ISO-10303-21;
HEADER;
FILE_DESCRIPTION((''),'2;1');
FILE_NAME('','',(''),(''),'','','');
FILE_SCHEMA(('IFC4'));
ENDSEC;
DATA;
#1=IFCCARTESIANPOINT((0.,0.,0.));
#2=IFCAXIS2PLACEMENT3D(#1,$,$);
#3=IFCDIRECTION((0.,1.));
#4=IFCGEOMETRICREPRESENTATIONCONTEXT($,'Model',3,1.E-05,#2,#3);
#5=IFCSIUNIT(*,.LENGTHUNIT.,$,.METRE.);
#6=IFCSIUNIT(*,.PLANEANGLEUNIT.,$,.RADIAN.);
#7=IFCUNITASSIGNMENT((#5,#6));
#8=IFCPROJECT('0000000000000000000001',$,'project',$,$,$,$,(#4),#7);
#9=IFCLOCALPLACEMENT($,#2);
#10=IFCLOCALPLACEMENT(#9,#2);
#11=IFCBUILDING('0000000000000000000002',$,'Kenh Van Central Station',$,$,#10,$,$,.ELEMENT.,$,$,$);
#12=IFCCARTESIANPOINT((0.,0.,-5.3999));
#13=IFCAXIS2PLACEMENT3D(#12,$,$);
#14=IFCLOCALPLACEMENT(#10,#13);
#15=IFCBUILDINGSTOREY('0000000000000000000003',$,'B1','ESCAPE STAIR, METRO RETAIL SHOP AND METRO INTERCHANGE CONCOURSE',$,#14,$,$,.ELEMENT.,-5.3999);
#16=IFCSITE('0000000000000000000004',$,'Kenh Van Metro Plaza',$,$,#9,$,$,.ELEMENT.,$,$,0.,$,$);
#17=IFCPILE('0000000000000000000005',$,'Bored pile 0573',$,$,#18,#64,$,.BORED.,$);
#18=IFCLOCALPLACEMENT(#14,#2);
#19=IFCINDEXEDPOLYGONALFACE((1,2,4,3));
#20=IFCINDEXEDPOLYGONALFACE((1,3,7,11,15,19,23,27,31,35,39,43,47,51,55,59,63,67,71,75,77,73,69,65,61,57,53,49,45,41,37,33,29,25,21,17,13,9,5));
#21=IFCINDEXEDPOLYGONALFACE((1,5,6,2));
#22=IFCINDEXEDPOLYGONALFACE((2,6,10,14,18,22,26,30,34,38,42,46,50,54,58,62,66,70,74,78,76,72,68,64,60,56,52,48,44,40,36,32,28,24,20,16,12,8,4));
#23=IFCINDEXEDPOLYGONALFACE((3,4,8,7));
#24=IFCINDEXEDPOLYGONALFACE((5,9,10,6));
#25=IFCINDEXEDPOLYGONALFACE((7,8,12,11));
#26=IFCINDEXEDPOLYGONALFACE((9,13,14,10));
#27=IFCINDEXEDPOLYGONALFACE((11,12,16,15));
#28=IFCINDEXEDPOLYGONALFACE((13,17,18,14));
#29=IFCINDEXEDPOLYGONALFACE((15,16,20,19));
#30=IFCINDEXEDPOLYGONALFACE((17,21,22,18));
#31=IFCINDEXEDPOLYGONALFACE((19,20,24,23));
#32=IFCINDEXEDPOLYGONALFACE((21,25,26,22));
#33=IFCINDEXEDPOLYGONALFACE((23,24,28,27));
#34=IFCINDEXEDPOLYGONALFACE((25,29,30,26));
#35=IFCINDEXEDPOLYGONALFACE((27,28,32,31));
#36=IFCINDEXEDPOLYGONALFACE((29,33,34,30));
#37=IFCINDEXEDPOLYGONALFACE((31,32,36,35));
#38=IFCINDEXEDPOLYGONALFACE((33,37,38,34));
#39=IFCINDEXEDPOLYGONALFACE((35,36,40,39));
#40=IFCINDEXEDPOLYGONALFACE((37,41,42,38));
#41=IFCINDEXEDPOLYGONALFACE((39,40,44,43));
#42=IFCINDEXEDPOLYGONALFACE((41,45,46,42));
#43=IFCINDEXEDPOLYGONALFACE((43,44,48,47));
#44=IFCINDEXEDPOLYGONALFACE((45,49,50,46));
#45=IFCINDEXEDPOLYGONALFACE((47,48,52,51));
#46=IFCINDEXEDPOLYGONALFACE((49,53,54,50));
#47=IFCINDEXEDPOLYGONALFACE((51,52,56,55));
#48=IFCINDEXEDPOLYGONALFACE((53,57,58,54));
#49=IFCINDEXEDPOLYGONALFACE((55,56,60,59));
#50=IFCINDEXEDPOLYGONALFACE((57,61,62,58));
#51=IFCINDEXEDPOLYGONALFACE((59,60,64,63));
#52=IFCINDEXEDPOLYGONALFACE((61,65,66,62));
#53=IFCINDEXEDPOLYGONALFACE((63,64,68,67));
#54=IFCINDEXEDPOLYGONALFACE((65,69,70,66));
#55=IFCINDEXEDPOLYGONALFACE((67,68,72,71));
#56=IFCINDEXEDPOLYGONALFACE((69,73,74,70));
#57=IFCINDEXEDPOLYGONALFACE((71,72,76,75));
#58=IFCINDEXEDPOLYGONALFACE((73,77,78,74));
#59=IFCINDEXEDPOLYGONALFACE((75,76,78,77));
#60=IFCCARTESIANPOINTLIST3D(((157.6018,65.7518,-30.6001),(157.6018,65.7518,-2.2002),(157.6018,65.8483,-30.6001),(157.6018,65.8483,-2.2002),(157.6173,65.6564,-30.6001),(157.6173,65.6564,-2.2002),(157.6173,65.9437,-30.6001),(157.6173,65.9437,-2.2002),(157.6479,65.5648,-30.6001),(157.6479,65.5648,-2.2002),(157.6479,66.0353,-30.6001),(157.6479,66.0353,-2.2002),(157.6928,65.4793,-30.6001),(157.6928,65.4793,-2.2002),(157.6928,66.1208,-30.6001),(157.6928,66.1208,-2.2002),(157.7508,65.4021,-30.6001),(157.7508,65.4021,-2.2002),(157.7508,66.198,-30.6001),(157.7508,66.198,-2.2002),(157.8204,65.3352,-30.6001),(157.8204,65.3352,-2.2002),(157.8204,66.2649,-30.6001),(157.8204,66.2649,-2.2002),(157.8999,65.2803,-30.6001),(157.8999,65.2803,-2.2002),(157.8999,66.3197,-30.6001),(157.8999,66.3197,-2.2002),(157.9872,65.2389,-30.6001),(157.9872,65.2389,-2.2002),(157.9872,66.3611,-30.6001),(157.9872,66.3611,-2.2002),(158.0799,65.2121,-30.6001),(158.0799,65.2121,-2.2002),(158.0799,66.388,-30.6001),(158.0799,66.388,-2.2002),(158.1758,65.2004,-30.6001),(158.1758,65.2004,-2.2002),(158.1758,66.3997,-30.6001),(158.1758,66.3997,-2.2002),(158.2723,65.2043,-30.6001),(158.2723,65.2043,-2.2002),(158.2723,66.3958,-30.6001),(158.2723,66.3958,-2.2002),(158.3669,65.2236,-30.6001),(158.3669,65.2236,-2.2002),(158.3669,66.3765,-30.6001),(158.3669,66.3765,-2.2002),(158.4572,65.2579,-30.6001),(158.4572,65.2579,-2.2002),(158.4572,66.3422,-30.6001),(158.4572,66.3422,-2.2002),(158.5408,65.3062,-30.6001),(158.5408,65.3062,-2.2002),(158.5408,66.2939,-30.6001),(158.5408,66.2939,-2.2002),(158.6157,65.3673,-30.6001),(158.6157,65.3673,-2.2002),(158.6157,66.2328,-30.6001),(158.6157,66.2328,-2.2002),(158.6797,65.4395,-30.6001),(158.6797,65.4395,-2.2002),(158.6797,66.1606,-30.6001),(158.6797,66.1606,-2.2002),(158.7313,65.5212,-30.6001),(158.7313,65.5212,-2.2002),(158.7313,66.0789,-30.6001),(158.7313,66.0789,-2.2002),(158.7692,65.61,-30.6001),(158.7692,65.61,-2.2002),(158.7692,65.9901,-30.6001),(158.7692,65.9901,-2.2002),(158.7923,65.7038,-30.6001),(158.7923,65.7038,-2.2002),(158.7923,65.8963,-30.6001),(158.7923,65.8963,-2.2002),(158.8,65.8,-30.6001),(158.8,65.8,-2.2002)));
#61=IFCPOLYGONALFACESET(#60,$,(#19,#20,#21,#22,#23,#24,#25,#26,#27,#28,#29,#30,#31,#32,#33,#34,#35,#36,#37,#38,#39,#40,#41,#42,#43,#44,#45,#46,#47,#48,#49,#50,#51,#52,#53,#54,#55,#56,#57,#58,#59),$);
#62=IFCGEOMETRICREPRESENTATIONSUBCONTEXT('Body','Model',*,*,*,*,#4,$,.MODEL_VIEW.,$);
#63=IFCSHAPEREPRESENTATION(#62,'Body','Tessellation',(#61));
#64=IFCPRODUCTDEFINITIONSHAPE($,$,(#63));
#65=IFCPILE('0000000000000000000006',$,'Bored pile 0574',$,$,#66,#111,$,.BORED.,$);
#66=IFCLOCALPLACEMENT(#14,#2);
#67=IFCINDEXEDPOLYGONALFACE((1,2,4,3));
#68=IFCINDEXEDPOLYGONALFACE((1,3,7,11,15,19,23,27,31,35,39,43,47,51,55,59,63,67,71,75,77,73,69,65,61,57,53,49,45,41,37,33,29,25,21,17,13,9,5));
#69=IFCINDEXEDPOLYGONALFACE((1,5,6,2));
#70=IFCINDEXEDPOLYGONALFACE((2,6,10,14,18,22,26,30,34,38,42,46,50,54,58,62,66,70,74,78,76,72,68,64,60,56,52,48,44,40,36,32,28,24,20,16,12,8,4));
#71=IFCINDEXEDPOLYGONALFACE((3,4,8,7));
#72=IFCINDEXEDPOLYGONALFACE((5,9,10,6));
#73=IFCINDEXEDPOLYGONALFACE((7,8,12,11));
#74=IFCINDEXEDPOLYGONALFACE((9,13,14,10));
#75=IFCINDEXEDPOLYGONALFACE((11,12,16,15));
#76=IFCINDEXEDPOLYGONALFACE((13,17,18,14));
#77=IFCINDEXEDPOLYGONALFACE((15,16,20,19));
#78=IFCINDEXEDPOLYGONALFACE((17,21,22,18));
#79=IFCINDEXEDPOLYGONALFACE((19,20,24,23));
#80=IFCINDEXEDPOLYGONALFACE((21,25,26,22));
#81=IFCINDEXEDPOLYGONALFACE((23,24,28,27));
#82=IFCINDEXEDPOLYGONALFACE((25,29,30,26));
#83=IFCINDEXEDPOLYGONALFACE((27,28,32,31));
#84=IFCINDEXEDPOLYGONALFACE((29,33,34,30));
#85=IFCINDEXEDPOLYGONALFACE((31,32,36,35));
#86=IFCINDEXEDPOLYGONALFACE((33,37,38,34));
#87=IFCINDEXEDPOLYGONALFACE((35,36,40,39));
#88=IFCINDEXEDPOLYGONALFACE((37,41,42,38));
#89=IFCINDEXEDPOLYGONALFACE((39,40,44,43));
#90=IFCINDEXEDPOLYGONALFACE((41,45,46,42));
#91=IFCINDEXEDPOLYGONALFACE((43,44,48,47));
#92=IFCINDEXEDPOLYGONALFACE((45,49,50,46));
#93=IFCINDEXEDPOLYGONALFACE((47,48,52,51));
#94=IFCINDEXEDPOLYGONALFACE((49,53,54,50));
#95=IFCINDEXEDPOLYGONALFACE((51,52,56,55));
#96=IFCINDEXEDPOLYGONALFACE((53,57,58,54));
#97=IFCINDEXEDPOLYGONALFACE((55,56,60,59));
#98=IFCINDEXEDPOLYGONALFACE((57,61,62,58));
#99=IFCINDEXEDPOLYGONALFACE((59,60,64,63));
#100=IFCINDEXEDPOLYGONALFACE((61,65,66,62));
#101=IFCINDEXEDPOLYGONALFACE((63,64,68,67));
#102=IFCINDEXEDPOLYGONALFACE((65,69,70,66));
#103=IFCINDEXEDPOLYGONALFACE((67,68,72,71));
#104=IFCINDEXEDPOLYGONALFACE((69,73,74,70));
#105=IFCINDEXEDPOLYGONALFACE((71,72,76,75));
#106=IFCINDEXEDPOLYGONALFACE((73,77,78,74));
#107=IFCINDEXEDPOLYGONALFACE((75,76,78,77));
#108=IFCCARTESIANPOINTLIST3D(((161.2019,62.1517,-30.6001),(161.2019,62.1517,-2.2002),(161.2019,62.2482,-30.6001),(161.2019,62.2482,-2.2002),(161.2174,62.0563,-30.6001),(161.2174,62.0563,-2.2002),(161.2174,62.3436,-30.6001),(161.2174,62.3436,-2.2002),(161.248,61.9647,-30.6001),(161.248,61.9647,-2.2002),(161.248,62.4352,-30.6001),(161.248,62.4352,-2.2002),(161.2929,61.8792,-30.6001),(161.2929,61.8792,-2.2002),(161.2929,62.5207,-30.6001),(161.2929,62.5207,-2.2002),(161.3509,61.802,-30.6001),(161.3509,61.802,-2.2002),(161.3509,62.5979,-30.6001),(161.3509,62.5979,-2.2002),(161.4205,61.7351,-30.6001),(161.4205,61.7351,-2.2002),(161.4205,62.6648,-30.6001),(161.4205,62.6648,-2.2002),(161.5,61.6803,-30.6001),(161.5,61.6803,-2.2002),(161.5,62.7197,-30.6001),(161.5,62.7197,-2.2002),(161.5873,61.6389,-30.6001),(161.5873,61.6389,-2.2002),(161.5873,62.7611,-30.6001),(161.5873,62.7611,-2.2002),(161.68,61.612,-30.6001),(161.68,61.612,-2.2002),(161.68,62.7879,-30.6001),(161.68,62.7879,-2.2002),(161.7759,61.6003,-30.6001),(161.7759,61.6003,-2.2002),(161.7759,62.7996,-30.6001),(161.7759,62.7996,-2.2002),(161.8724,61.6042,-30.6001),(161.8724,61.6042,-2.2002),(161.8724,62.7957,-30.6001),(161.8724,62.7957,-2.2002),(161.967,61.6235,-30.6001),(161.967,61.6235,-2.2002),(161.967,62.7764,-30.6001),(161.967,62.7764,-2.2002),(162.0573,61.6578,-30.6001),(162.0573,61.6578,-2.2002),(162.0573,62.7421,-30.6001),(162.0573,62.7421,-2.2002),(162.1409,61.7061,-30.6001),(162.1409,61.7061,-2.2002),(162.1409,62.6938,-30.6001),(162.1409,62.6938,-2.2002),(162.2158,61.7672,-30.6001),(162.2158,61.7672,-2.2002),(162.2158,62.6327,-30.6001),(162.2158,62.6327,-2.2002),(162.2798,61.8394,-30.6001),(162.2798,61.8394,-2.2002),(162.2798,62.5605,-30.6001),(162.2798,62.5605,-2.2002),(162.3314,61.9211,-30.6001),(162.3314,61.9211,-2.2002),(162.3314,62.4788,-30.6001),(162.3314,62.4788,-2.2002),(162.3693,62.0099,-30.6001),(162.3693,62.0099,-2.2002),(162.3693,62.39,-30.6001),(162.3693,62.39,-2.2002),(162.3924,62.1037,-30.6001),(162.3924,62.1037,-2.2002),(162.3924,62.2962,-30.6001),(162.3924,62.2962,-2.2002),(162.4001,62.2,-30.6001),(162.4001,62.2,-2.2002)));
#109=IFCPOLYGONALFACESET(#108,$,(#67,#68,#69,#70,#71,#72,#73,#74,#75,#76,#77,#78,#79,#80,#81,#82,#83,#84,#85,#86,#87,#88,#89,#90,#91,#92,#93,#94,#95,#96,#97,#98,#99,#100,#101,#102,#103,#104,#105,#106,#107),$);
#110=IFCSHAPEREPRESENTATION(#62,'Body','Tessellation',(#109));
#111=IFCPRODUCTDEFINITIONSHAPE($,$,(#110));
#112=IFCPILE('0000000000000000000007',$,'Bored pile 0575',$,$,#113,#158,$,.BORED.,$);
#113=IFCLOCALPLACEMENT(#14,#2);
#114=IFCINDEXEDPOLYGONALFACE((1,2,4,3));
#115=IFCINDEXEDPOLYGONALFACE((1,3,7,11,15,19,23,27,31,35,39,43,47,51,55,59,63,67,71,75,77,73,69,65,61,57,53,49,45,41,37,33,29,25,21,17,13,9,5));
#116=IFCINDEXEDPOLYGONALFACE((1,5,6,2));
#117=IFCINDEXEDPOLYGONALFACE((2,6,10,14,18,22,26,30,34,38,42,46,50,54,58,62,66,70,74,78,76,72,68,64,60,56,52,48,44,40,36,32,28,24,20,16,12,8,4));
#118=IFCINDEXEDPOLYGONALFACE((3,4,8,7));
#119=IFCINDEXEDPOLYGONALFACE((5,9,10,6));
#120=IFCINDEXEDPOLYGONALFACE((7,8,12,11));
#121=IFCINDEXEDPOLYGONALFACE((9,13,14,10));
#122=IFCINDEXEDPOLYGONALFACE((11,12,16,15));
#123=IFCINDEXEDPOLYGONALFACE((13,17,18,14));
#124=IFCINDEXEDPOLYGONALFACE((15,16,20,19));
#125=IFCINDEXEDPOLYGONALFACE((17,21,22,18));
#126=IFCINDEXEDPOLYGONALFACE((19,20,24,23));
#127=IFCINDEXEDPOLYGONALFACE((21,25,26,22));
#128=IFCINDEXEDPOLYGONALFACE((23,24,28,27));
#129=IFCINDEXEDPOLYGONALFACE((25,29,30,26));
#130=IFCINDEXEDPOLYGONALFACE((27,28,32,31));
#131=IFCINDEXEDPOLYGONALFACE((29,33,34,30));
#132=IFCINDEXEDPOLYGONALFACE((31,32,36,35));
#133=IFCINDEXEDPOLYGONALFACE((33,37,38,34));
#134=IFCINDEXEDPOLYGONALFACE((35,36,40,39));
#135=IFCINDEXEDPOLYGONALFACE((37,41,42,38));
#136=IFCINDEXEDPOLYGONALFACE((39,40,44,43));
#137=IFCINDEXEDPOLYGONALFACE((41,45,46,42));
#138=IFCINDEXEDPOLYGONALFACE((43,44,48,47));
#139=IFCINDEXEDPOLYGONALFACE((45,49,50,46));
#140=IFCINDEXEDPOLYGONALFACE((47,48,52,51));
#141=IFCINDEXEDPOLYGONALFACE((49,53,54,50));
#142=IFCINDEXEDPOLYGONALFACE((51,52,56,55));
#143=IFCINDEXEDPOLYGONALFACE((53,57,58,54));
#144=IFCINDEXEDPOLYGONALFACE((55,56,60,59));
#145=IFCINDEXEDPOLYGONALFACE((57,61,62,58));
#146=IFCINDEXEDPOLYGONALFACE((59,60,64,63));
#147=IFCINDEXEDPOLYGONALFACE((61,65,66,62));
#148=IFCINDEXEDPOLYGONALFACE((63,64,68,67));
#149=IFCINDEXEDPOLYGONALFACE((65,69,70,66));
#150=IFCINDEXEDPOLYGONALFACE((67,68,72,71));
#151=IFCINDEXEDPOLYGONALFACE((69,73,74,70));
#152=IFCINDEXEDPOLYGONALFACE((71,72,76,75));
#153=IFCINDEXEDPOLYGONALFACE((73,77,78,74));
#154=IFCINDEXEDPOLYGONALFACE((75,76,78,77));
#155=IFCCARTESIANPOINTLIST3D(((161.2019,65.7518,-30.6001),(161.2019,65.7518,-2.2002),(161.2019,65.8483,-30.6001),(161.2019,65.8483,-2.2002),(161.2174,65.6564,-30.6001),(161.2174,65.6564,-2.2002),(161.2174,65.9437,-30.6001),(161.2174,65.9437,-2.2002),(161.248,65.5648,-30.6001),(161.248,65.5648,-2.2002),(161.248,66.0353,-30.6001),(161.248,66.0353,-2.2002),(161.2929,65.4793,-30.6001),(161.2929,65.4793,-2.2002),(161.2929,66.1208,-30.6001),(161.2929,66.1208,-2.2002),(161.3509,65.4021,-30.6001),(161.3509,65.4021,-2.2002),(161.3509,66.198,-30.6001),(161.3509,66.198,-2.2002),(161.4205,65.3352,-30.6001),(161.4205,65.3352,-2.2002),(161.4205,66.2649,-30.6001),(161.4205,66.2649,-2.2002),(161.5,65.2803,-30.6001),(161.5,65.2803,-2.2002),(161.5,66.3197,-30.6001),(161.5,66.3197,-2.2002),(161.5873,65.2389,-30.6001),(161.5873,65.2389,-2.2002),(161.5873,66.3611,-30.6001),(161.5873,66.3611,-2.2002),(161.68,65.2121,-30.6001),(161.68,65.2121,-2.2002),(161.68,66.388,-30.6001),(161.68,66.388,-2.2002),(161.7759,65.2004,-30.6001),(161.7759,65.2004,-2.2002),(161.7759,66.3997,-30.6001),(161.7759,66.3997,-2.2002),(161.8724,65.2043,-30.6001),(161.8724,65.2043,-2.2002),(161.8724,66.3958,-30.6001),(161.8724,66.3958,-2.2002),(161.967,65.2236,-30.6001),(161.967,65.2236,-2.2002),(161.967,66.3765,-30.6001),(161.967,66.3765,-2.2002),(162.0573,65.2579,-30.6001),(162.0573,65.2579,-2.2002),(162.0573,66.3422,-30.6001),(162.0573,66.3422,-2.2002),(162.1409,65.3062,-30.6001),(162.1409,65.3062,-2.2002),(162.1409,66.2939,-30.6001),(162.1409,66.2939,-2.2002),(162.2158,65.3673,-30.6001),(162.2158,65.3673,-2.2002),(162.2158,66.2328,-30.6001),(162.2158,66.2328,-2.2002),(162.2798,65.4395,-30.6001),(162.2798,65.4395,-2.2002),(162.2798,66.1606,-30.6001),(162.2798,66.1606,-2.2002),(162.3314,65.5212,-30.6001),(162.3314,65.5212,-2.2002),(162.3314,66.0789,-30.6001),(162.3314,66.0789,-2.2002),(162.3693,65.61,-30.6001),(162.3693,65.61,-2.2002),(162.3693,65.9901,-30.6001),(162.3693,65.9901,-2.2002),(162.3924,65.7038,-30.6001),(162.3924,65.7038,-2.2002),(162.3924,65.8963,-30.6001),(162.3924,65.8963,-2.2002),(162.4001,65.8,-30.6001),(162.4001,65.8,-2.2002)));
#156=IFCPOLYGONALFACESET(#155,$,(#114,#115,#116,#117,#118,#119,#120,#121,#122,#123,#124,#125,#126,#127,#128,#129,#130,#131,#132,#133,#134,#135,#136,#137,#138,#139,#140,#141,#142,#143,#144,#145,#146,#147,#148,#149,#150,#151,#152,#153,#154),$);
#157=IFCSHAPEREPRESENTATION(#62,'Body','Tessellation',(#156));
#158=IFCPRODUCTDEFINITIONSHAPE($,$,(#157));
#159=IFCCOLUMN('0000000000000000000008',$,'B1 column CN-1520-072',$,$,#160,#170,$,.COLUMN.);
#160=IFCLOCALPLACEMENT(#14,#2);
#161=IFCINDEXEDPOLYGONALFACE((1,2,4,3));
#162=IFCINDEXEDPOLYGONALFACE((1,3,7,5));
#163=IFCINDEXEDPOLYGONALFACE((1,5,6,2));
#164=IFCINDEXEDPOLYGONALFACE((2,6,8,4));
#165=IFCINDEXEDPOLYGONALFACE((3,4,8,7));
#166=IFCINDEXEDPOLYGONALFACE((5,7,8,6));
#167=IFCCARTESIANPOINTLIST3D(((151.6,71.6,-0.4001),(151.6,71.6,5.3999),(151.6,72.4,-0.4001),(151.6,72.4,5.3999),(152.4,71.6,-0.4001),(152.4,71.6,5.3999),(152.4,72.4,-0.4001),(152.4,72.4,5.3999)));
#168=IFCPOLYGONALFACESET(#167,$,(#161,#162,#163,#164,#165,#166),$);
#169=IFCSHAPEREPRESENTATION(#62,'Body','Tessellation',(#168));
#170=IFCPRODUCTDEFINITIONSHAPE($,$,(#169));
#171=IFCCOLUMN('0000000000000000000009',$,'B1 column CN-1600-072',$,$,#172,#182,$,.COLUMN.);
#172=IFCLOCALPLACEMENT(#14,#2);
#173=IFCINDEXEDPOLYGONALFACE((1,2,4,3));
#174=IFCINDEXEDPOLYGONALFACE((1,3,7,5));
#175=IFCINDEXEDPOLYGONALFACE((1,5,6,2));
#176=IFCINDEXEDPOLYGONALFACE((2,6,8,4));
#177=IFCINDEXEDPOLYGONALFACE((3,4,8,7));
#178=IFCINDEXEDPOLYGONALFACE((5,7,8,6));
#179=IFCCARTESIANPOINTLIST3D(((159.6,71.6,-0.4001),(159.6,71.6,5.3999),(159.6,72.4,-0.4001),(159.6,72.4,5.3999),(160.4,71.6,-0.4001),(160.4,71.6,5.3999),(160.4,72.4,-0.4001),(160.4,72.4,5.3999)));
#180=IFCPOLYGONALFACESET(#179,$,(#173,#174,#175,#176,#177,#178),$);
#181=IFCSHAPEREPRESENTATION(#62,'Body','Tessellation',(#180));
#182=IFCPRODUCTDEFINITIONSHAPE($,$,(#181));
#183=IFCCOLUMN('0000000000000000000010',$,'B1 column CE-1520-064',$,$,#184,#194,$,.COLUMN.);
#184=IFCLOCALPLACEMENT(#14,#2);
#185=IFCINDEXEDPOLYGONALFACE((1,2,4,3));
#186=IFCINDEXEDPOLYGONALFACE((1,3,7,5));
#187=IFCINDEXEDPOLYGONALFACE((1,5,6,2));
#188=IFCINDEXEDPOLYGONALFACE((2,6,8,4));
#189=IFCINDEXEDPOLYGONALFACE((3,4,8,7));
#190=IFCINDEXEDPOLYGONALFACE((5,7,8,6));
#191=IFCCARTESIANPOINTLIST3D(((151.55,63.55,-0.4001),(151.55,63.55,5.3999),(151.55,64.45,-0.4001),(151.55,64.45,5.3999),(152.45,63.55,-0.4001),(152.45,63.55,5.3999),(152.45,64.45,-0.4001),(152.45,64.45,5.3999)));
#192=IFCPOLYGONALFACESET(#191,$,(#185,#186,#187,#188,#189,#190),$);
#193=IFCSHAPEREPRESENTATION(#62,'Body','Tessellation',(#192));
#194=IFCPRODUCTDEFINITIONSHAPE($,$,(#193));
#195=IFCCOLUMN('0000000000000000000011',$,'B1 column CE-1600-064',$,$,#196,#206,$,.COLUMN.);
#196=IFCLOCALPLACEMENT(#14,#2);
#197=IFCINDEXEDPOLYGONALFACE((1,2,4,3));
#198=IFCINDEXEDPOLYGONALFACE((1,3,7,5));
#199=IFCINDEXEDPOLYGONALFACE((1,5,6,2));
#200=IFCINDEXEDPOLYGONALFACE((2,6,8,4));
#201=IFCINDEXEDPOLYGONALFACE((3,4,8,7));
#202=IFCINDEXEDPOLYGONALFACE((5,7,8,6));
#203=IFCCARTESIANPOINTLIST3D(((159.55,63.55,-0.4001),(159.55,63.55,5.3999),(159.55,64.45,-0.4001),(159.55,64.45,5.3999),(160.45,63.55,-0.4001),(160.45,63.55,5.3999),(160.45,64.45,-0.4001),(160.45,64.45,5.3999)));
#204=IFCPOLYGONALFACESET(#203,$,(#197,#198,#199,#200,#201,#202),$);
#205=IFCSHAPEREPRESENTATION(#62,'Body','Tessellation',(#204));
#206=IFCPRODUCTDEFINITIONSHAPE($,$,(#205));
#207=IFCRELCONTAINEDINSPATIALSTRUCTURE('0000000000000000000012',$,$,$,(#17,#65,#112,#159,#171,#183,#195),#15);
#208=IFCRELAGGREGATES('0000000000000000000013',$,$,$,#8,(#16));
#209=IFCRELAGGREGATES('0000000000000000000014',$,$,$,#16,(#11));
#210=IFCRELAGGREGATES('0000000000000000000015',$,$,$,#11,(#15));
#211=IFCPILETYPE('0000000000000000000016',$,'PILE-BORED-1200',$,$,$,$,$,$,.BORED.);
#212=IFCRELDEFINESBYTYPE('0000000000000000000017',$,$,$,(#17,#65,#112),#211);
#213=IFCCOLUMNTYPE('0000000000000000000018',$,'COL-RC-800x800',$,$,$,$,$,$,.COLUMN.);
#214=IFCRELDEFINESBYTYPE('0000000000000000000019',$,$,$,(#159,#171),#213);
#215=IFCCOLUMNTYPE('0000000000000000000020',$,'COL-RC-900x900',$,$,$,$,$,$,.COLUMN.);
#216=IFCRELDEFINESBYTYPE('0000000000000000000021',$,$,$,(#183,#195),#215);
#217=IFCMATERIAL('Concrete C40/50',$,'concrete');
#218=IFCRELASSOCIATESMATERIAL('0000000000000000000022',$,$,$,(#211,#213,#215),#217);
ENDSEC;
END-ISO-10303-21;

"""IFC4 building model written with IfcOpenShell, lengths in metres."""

from ifc_helpers import new_model, si_unit, direction, frame, origin, origin_2d, place, context, subcontext, project, spatial, rectangle, circle, extrude, material, material_profile, profile_set, type_object, element, save


model = new_model("IFC4")

# Units and contexts
model_context = context("Model", 3, precision=1e-05, world=origin(), true_north=direction((0.0, 1.0)))
body_context = subcontext(model_context, "Body", "Model", "MODEL_VIEW")
ifc_project = project(units=[si_unit("LENGTHUNIT", "METRE"), si_unit("PLANEANGLEUNIT", "RADIAN")], contexts=[model_context])

# Site, building, storey
site_placement = place(None, origin())
site = spatial("IfcSite", under=ifc_project, at=site_placement, Name="Kenh Van Metro Plaza", CompositionType="ELEMENT", RefElevation=0.0)
building_placement = place(site_placement, origin())
building = spatial("IfcBuilding", under=site, at=building_placement, Name="Kenh Van Central Station", CompositionType="ELEMENT")
storey_placement = place(building_placement, frame((0.0, 0.0, -5.3999)))
storey = spatial("IfcBuildingStorey", under=building, at=storey_placement, Name="B1", Description="ESCAPE STAIR, METRO RETAIL SHOP AND METRO INTERCHANGE CONCOURSE", CompositionType="ELEMENT", Elevation=-5.3999)

# Shared definitions
ifc_material = material(Name="Concrete C40/50", Category="concrete")

# Piles
ifc_material_profile_1 = material_profile(ifc_material, circle(Radius=0.6001, at=origin_2d()), Name="PILE D1200")
ifc_profile_set_1 = profile_set([ifc_material_profile_1], Name="Concrete C40/50")
pile_type_1 = type_object("IfcPileType", Name="PILE-BORED-1200", PredefinedType="BORED", material=ifc_profile_set_1)
for number, where, z_axis, x_axis, name in (
    (1, (158.2, 65.8, -2.2002), (0.0, 0.0, -1.0), (1.0, 0.0, 0.0), "Bored pile 0573"),
    (2, (161.8, 62.2, -2.2002), (0.0, 0.0, -1.0), (1.0, 0.0, 0.0), "Bored pile 0574"),
    (3, (161.8, 65.8, -2.2002), (0.0, 0.0, -1.0), (1.0, 0.0, 0.0), "Bored pile 0575"),
):
    element("IfcPile", number, at=place(storey_placement, frame(where, z_axis=z_axis, x_axis=x_axis)), inside=storey, type_object=pile_type_1, Name=name, PredefinedType="BORED", context=body_context, shape_type="SweptSolid", body=[
        extrude(circle(Radius=0.6001, at=origin_2d()), origin(), (0.0, 0.0, 1.0), 28.3999),
    ])

# Columns
ifc_material_profile_2 = material_profile(ifc_material, rectangle(XDim=0.8, YDim=0.8, at=origin_2d()), Name="RC 800x800")
ifc_profile_set_2 = profile_set([ifc_material_profile_2], Name="Concrete C40/50")
column_type_1 = type_object("IfcColumnType", Name="COL-RC-800x800", PredefinedType="COLUMN", material=ifc_profile_set_2)
for number, where, z_axis, x_axis, name in (
    (4, (152.0, 72.0, -0.4001), (0.0, 0.0, 1.0), (1.0, 0.0, 0.0), "B1 column CN-1520-072"),
    (5, (160.0, 72.0, -0.4001), (0.0, 0.0, 1.0), (1.0, 0.0, 0.0), "B1 column CN-1600-072"),
):
    element("IfcColumn", number, at=place(storey_placement, frame(where, z_axis=z_axis, x_axis=x_axis)), inside=storey, type_object=column_type_1, Name=name, PredefinedType="COLUMN", context=body_context, shape_type="SweptSolid", body=[
        extrude(rectangle(XDim=0.8, YDim=0.8, at=origin_2d()), origin(), (0.0, 0.0, 1.0), 5.8),
    ])
ifc_material_profile_3 = material_profile(ifc_material, rectangle(XDim=0.8999, YDim=0.8999, at=origin_2d()), Name="RC 900x900")
ifc_profile_set_3 = profile_set([ifc_material_profile_3], Name="Concrete C40/50")
column_type_2 = type_object("IfcColumnType", Name="COL-RC-900x900", PredefinedType="COLUMN", material=ifc_profile_set_3)
for number, where, z_axis, x_axis, name in (
    (6, (152.0, 64.0, -0.4001), (0.0, 0.0, 1.0), (1.0, 0.0, 0.0), "B1 column CE-1520-064"),
    (7, (160.0, 64.0, -0.4001), (0.0, 0.0, 1.0), (1.0, 0.0, 0.0), "B1 column CE-1600-064"),
):
    element("IfcColumn", number, at=place(storey_placement, frame(where, z_axis=z_axis, x_axis=x_axis)), inside=storey, type_object=column_type_2, Name=name, PredefinedType="COLUMN", context=body_context, shape_type="SweptSolid", body=[
        extrude(rectangle(XDim=0.8999, YDim=0.8999, at=origin_2d()), origin(), (0.0, 0.0, 1.0), 5.8),
    ])

save(model, "model.ifc")
